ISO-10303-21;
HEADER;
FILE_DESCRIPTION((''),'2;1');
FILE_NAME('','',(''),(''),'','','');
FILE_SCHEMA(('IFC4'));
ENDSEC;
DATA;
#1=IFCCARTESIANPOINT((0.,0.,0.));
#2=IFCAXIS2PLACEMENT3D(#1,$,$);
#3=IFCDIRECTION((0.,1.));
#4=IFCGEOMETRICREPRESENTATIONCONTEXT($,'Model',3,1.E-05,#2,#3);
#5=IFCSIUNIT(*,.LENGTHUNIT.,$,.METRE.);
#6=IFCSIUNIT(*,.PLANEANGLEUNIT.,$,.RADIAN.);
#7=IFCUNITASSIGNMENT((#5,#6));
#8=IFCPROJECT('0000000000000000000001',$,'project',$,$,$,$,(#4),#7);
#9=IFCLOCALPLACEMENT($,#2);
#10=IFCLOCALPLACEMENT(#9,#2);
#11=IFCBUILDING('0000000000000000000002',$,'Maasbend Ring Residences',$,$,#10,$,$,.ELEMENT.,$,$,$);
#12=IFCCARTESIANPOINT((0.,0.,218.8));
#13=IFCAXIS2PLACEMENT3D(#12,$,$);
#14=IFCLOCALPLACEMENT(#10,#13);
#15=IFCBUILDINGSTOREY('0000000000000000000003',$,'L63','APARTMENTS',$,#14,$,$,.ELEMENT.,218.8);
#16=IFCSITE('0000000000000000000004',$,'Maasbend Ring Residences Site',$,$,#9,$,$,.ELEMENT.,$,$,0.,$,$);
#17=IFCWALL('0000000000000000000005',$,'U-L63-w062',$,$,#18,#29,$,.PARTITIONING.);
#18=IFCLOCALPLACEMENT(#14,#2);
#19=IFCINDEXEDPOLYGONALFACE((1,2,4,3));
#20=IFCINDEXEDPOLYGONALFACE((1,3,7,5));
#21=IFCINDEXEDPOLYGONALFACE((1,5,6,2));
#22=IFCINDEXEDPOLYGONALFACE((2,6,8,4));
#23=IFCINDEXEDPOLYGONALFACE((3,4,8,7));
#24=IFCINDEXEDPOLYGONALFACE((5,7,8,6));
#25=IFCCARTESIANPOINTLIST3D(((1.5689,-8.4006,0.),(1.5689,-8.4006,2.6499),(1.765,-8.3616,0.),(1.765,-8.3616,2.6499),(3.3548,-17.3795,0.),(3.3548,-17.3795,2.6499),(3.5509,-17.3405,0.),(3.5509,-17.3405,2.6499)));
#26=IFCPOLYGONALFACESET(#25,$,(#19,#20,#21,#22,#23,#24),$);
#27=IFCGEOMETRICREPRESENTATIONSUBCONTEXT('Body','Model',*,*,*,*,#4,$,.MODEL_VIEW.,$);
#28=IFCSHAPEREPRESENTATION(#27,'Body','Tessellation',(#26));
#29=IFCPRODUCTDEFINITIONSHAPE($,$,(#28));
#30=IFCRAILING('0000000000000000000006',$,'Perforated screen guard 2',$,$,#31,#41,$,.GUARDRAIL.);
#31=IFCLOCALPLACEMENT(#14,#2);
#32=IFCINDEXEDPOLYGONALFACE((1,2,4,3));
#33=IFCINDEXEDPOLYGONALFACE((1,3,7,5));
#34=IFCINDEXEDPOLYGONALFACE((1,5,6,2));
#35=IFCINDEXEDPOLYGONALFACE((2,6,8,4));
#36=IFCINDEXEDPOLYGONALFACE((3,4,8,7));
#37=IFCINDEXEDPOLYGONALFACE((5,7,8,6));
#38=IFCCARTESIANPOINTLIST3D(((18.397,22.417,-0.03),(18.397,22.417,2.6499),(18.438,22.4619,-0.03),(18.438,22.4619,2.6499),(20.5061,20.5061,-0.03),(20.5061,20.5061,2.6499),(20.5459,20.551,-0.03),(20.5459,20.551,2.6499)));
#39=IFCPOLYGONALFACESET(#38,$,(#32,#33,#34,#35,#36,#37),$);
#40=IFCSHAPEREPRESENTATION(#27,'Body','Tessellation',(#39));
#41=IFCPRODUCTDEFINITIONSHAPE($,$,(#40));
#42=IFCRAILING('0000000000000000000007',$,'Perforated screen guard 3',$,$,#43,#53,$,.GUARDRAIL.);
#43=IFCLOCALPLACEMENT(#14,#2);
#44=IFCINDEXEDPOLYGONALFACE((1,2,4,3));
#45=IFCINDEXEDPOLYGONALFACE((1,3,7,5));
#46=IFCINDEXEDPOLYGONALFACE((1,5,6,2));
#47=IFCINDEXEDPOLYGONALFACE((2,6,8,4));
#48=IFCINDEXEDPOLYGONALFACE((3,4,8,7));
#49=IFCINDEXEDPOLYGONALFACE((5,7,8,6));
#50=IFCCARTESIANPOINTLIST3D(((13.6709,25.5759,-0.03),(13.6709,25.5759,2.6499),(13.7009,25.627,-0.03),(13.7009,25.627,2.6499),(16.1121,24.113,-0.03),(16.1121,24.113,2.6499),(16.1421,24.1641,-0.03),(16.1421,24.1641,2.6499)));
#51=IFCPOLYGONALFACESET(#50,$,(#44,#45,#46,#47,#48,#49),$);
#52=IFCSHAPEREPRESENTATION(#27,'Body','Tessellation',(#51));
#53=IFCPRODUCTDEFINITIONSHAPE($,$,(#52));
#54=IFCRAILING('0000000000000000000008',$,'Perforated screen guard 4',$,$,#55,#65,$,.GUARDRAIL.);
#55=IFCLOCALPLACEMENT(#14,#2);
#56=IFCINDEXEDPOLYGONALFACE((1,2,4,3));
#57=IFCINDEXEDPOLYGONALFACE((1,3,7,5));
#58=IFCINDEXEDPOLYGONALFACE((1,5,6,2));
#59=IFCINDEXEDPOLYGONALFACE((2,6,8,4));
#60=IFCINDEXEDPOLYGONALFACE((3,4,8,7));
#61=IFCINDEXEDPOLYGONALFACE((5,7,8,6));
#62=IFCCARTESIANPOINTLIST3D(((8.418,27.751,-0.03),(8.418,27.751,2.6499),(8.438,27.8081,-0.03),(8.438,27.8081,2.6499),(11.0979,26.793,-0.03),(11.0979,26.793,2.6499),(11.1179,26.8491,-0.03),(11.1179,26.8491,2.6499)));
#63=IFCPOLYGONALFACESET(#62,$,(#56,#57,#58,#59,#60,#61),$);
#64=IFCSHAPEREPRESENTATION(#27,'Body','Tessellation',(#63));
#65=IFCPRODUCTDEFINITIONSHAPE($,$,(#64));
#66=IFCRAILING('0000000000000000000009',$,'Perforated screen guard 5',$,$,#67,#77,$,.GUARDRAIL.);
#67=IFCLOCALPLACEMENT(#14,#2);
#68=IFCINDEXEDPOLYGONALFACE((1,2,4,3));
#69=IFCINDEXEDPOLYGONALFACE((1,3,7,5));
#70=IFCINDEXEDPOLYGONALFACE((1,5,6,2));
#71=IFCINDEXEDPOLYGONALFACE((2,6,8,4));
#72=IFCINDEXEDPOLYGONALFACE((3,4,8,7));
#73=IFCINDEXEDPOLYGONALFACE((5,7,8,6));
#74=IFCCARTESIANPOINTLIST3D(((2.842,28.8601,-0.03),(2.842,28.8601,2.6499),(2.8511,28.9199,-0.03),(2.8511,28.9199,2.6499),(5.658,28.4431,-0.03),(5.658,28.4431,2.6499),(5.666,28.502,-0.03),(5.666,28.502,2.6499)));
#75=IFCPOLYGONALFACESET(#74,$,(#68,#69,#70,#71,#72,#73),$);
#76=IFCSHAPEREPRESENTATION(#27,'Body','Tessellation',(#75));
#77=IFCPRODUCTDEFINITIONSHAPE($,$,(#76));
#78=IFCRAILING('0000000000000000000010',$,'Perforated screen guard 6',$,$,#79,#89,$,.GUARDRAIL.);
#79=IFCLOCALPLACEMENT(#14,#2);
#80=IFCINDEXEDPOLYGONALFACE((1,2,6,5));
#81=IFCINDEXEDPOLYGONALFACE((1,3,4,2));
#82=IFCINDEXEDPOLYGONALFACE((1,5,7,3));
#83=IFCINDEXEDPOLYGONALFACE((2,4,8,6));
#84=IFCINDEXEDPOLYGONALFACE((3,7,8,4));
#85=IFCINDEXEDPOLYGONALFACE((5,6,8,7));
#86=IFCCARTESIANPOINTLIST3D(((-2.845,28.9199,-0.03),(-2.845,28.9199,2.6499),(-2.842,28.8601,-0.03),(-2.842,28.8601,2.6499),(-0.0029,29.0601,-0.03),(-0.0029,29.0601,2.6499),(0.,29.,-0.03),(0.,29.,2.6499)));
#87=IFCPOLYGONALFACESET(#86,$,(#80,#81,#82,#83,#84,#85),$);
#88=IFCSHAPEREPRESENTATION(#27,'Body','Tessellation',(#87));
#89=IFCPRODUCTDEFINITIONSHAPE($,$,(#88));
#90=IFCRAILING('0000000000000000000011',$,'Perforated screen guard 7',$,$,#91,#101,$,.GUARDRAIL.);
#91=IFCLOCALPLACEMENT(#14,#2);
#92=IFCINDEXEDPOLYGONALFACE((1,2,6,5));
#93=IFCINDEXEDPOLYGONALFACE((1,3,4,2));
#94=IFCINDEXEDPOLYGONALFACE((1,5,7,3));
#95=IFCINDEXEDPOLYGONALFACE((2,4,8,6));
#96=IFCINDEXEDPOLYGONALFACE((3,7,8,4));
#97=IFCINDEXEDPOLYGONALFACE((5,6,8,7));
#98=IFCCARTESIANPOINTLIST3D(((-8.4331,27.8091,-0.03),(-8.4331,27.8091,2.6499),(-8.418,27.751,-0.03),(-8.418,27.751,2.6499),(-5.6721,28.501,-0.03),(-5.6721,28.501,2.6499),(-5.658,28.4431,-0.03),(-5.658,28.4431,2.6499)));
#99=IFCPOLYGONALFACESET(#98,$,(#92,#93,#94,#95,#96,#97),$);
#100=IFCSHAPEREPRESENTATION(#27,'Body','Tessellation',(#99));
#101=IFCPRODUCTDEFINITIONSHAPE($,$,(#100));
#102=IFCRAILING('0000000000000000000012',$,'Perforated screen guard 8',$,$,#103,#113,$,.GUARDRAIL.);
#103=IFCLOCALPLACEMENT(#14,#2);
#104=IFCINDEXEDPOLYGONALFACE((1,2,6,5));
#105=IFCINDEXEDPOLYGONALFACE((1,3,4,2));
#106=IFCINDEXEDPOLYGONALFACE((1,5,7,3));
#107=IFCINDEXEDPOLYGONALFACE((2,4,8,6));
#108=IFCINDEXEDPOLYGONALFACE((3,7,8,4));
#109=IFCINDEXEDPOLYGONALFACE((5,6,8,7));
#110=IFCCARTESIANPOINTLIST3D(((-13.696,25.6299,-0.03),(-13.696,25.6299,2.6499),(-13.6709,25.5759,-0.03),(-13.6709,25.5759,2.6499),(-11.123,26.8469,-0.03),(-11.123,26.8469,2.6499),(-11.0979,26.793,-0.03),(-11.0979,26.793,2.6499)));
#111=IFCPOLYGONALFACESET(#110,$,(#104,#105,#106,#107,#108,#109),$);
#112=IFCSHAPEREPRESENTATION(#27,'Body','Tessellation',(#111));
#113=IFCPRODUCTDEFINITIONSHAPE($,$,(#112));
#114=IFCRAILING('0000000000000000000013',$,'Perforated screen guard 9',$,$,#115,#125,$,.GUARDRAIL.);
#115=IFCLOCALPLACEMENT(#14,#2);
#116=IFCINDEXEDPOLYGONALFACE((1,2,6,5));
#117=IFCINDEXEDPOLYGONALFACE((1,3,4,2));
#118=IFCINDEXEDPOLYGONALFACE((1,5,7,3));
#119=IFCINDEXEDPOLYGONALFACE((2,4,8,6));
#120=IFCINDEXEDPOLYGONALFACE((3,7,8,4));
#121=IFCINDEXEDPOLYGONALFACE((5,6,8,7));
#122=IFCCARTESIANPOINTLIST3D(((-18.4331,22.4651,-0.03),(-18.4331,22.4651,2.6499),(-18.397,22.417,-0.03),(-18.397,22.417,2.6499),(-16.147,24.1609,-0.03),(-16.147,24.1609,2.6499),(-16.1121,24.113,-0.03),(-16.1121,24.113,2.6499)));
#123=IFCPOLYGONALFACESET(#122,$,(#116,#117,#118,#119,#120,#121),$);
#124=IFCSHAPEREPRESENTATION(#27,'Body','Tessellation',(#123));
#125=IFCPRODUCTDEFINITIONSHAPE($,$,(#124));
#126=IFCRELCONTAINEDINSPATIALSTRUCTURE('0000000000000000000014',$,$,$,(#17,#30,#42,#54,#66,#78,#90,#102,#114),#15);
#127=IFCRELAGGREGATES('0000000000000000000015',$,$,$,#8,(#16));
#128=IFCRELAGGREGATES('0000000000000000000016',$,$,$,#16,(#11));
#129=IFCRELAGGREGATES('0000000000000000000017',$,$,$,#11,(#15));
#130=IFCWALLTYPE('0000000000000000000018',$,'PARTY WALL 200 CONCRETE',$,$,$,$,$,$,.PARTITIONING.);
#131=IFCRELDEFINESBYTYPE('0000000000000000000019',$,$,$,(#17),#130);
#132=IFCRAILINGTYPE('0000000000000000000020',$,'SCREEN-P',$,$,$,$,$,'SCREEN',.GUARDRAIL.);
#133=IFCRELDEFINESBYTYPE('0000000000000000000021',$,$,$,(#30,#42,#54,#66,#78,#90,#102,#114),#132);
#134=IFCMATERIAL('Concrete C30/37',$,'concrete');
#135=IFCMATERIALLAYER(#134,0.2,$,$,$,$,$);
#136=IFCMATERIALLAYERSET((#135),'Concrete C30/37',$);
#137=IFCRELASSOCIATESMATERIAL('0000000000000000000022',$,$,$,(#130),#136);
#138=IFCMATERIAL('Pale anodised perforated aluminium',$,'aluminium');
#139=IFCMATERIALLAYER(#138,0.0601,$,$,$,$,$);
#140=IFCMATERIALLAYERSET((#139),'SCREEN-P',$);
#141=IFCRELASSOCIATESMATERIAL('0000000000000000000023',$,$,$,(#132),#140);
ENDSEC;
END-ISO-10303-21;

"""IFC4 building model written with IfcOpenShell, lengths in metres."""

from ifc_helpers import new_model, si_unit, direction, frame, frame_2d, origin, place, context, subcontext, project, spatial, polyline, rectangle, outline, extrude, material, layer, layer_set, type_object, element, save


model = new_model("IFC4")

# Units and contexts
model_context = context("Model", 3, precision=1e-05, world=origin(), true_north=direction((0.0, 1.0)))
body_context = subcontext(model_context, "Body", "Model", "MODEL_VIEW")
ifc_project = project(units=[si_unit("LENGTHUNIT", "METRE"), si_unit("PLANEANGLEUNIT", "RADIAN")], contexts=[model_context])

# Site, building, storey
site_placement = place(None, origin())
site = spatial("IfcSite", under=ifc_project, at=site_placement, Name="Maasbend Ring Residences Site", CompositionType="ELEMENT", RefElevation=0.0)
building_placement = place(site_placement, origin())
building = spatial("IfcBuilding", under=site, at=building_placement, Name="Maasbend Ring Residences", CompositionType="ELEMENT")
storey_placement = place(building_placement, frame((0.0, 0.0, 218.8)))
storey = spatial("IfcBuildingStorey", under=building, at=storey_placement, Name="L63", Description="APARTMENTS", CompositionType="ELEMENT", Elevation=218.8)

# Wall
ifc_material_1 = material(Name="Concrete C30/37", Category="concrete")
ifc_layer_1 = layer(ifc_material_1, 0.2)
ifc_layer_set_1 = layer_set([ifc_layer_1], Name="Concrete C30/37")
wall_type_1 = type_object("IfcWallType", Name="PARTY WALL 200 CONCRETE", PredefinedType="PARTITIONING", material=ifc_layer_set_1)
wall_1_placement = place(storey_placement, frame((1.667, -8.3811, 0.0), z_axis=(0.0, 0.0, 1.0), x_axis=(0.195075, -0.980788, 0.0)))
element("IfcWall", 1, at=wall_1_placement, inside=storey, type_object=wall_type_1, Name="U-L63-w062", PredefinedType="PARTITIONING", context=body_context, shape_type="SweptSolid", body=[
    extrude(rectangle(XDim=9.1548, YDim=0.2, at=frame_2d((4.5774, 0.0))), origin(), (0.0, 0.0, 1.0), 2.6499),
])

# Railings
ifc_material_2 = material(Name="Pale anodised perforated aluminium", Category="aluminium")
ifc_layer_2 = layer(ifc_material_2, 0.0601)
ifc_layer_set_2 = layer_set([ifc_layer_2], Name="SCREEN-P")
railing_type = type_object("IfcRailingType", Name="SCREEN-P", ElementType="SCREEN", PredefinedType="GUARDRAIL", material=ifc_layer_set_2)
railing_1_placement = place(storey_placement, frame((0.0, 0.0, -0.03)))
element("IfcRailing", 2, at=railing_1_placement, inside=storey, type_object=railing_type, Name="Perforated screen guard 2", PredefinedType="GUARDRAIL", context=body_context, shape_type="SweptSolid", body=[
    extrude(outline(polyline([(20.5061, 20.5061), (18.397, 22.417), (18.438, 22.4619), (20.5459, 20.551), (20.5061, 20.5061)])), origin(), (0.0, 0.0, 1.0), 2.6799),
])
railing_2_placement = place(storey_placement, frame((0.0, 0.0, -0.03)))
element("IfcRailing", 3, at=railing_2_placement, inside=storey, type_object=railing_type, Name="Perforated screen guard 3", PredefinedType="GUARDRAIL", context=body_context, shape_type="SweptSolid", body=[
    extrude(outline(polyline([(16.1121, 24.113), (13.6709, 25.5759), (13.7009, 25.627), (16.1421, 24.1641), (16.1121, 24.113)])), origin(), (0.0, 0.0, 1.0), 2.6799),
])
railing_3_placement = place(storey_placement, frame((0.0, 0.0, -0.03)))
element("IfcRailing", 4, at=railing_3_placement, inside=storey, type_object=railing_type, Name="Perforated screen guard 4", PredefinedType="GUARDRAIL", context=body_context, shape_type="SweptSolid", body=[
    extrude(outline(polyline([(11.0979, 26.793), (8.418, 27.751), (8.438, 27.8081), (11.1179, 26.8491), (11.0979, 26.793)])), origin(), (0.0, 0.0, 1.0), 2.6799),
])
railing_4_placement = place(storey_placement, frame((0.0, 0.0, -0.03)))
element("IfcRailing", 5, at=railing_4_placement, inside=storey, type_object=railing_type, Name="Perforated screen guard 5", PredefinedType="GUARDRAIL", context=body_context, shape_type="SweptSolid", body=[
    extrude(outline(polyline([(5.658, 28.4431), (2.842, 28.8601), (2.8511, 28.9199), (5.666, 28.502), (5.658, 28.4431)])), origin(), (0.0, 0.0, 1.0), 2.6799),
])
railing_5_placement = place(storey_placement, frame((0.0, 0.0, -0.03)))
element("IfcRailing", 6, at=railing_5_placement, inside=storey, type_object=railing_type, Name="Perforated screen guard 6", PredefinedType="GUARDRAIL", context=body_context, shape_type="SweptSolid", body=[
    extrude(outline(polyline([(0.0, 29.0), (-2.842, 28.8601), (-2.845, 28.9199), (-0.0029, 29.0601), (0.0, 29.0)])), origin(), (0.0, 0.0, 1.0), 2.6799),
])
railing_6_placement = place(storey_placement, frame((0.0, 0.0, -0.03)))
element("IfcRailing", 7, at=railing_6_placement, inside=storey, type_object=railing_type, Name="Perforated screen guard 7", PredefinedType="GUARDRAIL", context=body_context, shape_type="SweptSolid", body=[
    extrude(outline(polyline([(-5.658, 28.4431), (-8.418, 27.751), (-8.4331, 27.8091), (-5.6721, 28.501), (-5.658, 28.4431)])), origin(), (0.0, 0.0, 1.0), 2.6799),
])
railing_7_placement = place(storey_placement, frame((0.0, 0.0, -0.03)))
element("IfcRailing", 8, at=railing_7_placement, inside=storey, type_object=railing_type, Name="Perforated screen guard 8", PredefinedType="GUARDRAIL", context=body_context, shape_type="SweptSolid", body=[
    extrude(outline(polyline([(-11.0979, 26.793), (-13.6709, 25.5759), (-13.696, 25.6299), (-11.123, 26.8469), (-11.0979, 26.793)])), origin(), (0.0, 0.0, 1.0), 2.6799),
])
railing_8_placement = place(storey_placement, frame((0.0, 0.0, -0.03)))
element("IfcRailing", 9, at=railing_8_placement, inside=storey, type_object=railing_type, Name="Perforated screen guard 9", PredefinedType="GUARDRAIL", context=body_context, shape_type="SweptSolid", body=[
    extrude(outline(polyline([(-16.1121, 24.113), (-18.397, 22.417), (-18.4331, 22.4651), (-16.147, 24.1609), (-16.1121, 24.113)])), origin(), (0.0, 0.0, 1.0), 2.6799),
])

save(model, "model.ifc")
